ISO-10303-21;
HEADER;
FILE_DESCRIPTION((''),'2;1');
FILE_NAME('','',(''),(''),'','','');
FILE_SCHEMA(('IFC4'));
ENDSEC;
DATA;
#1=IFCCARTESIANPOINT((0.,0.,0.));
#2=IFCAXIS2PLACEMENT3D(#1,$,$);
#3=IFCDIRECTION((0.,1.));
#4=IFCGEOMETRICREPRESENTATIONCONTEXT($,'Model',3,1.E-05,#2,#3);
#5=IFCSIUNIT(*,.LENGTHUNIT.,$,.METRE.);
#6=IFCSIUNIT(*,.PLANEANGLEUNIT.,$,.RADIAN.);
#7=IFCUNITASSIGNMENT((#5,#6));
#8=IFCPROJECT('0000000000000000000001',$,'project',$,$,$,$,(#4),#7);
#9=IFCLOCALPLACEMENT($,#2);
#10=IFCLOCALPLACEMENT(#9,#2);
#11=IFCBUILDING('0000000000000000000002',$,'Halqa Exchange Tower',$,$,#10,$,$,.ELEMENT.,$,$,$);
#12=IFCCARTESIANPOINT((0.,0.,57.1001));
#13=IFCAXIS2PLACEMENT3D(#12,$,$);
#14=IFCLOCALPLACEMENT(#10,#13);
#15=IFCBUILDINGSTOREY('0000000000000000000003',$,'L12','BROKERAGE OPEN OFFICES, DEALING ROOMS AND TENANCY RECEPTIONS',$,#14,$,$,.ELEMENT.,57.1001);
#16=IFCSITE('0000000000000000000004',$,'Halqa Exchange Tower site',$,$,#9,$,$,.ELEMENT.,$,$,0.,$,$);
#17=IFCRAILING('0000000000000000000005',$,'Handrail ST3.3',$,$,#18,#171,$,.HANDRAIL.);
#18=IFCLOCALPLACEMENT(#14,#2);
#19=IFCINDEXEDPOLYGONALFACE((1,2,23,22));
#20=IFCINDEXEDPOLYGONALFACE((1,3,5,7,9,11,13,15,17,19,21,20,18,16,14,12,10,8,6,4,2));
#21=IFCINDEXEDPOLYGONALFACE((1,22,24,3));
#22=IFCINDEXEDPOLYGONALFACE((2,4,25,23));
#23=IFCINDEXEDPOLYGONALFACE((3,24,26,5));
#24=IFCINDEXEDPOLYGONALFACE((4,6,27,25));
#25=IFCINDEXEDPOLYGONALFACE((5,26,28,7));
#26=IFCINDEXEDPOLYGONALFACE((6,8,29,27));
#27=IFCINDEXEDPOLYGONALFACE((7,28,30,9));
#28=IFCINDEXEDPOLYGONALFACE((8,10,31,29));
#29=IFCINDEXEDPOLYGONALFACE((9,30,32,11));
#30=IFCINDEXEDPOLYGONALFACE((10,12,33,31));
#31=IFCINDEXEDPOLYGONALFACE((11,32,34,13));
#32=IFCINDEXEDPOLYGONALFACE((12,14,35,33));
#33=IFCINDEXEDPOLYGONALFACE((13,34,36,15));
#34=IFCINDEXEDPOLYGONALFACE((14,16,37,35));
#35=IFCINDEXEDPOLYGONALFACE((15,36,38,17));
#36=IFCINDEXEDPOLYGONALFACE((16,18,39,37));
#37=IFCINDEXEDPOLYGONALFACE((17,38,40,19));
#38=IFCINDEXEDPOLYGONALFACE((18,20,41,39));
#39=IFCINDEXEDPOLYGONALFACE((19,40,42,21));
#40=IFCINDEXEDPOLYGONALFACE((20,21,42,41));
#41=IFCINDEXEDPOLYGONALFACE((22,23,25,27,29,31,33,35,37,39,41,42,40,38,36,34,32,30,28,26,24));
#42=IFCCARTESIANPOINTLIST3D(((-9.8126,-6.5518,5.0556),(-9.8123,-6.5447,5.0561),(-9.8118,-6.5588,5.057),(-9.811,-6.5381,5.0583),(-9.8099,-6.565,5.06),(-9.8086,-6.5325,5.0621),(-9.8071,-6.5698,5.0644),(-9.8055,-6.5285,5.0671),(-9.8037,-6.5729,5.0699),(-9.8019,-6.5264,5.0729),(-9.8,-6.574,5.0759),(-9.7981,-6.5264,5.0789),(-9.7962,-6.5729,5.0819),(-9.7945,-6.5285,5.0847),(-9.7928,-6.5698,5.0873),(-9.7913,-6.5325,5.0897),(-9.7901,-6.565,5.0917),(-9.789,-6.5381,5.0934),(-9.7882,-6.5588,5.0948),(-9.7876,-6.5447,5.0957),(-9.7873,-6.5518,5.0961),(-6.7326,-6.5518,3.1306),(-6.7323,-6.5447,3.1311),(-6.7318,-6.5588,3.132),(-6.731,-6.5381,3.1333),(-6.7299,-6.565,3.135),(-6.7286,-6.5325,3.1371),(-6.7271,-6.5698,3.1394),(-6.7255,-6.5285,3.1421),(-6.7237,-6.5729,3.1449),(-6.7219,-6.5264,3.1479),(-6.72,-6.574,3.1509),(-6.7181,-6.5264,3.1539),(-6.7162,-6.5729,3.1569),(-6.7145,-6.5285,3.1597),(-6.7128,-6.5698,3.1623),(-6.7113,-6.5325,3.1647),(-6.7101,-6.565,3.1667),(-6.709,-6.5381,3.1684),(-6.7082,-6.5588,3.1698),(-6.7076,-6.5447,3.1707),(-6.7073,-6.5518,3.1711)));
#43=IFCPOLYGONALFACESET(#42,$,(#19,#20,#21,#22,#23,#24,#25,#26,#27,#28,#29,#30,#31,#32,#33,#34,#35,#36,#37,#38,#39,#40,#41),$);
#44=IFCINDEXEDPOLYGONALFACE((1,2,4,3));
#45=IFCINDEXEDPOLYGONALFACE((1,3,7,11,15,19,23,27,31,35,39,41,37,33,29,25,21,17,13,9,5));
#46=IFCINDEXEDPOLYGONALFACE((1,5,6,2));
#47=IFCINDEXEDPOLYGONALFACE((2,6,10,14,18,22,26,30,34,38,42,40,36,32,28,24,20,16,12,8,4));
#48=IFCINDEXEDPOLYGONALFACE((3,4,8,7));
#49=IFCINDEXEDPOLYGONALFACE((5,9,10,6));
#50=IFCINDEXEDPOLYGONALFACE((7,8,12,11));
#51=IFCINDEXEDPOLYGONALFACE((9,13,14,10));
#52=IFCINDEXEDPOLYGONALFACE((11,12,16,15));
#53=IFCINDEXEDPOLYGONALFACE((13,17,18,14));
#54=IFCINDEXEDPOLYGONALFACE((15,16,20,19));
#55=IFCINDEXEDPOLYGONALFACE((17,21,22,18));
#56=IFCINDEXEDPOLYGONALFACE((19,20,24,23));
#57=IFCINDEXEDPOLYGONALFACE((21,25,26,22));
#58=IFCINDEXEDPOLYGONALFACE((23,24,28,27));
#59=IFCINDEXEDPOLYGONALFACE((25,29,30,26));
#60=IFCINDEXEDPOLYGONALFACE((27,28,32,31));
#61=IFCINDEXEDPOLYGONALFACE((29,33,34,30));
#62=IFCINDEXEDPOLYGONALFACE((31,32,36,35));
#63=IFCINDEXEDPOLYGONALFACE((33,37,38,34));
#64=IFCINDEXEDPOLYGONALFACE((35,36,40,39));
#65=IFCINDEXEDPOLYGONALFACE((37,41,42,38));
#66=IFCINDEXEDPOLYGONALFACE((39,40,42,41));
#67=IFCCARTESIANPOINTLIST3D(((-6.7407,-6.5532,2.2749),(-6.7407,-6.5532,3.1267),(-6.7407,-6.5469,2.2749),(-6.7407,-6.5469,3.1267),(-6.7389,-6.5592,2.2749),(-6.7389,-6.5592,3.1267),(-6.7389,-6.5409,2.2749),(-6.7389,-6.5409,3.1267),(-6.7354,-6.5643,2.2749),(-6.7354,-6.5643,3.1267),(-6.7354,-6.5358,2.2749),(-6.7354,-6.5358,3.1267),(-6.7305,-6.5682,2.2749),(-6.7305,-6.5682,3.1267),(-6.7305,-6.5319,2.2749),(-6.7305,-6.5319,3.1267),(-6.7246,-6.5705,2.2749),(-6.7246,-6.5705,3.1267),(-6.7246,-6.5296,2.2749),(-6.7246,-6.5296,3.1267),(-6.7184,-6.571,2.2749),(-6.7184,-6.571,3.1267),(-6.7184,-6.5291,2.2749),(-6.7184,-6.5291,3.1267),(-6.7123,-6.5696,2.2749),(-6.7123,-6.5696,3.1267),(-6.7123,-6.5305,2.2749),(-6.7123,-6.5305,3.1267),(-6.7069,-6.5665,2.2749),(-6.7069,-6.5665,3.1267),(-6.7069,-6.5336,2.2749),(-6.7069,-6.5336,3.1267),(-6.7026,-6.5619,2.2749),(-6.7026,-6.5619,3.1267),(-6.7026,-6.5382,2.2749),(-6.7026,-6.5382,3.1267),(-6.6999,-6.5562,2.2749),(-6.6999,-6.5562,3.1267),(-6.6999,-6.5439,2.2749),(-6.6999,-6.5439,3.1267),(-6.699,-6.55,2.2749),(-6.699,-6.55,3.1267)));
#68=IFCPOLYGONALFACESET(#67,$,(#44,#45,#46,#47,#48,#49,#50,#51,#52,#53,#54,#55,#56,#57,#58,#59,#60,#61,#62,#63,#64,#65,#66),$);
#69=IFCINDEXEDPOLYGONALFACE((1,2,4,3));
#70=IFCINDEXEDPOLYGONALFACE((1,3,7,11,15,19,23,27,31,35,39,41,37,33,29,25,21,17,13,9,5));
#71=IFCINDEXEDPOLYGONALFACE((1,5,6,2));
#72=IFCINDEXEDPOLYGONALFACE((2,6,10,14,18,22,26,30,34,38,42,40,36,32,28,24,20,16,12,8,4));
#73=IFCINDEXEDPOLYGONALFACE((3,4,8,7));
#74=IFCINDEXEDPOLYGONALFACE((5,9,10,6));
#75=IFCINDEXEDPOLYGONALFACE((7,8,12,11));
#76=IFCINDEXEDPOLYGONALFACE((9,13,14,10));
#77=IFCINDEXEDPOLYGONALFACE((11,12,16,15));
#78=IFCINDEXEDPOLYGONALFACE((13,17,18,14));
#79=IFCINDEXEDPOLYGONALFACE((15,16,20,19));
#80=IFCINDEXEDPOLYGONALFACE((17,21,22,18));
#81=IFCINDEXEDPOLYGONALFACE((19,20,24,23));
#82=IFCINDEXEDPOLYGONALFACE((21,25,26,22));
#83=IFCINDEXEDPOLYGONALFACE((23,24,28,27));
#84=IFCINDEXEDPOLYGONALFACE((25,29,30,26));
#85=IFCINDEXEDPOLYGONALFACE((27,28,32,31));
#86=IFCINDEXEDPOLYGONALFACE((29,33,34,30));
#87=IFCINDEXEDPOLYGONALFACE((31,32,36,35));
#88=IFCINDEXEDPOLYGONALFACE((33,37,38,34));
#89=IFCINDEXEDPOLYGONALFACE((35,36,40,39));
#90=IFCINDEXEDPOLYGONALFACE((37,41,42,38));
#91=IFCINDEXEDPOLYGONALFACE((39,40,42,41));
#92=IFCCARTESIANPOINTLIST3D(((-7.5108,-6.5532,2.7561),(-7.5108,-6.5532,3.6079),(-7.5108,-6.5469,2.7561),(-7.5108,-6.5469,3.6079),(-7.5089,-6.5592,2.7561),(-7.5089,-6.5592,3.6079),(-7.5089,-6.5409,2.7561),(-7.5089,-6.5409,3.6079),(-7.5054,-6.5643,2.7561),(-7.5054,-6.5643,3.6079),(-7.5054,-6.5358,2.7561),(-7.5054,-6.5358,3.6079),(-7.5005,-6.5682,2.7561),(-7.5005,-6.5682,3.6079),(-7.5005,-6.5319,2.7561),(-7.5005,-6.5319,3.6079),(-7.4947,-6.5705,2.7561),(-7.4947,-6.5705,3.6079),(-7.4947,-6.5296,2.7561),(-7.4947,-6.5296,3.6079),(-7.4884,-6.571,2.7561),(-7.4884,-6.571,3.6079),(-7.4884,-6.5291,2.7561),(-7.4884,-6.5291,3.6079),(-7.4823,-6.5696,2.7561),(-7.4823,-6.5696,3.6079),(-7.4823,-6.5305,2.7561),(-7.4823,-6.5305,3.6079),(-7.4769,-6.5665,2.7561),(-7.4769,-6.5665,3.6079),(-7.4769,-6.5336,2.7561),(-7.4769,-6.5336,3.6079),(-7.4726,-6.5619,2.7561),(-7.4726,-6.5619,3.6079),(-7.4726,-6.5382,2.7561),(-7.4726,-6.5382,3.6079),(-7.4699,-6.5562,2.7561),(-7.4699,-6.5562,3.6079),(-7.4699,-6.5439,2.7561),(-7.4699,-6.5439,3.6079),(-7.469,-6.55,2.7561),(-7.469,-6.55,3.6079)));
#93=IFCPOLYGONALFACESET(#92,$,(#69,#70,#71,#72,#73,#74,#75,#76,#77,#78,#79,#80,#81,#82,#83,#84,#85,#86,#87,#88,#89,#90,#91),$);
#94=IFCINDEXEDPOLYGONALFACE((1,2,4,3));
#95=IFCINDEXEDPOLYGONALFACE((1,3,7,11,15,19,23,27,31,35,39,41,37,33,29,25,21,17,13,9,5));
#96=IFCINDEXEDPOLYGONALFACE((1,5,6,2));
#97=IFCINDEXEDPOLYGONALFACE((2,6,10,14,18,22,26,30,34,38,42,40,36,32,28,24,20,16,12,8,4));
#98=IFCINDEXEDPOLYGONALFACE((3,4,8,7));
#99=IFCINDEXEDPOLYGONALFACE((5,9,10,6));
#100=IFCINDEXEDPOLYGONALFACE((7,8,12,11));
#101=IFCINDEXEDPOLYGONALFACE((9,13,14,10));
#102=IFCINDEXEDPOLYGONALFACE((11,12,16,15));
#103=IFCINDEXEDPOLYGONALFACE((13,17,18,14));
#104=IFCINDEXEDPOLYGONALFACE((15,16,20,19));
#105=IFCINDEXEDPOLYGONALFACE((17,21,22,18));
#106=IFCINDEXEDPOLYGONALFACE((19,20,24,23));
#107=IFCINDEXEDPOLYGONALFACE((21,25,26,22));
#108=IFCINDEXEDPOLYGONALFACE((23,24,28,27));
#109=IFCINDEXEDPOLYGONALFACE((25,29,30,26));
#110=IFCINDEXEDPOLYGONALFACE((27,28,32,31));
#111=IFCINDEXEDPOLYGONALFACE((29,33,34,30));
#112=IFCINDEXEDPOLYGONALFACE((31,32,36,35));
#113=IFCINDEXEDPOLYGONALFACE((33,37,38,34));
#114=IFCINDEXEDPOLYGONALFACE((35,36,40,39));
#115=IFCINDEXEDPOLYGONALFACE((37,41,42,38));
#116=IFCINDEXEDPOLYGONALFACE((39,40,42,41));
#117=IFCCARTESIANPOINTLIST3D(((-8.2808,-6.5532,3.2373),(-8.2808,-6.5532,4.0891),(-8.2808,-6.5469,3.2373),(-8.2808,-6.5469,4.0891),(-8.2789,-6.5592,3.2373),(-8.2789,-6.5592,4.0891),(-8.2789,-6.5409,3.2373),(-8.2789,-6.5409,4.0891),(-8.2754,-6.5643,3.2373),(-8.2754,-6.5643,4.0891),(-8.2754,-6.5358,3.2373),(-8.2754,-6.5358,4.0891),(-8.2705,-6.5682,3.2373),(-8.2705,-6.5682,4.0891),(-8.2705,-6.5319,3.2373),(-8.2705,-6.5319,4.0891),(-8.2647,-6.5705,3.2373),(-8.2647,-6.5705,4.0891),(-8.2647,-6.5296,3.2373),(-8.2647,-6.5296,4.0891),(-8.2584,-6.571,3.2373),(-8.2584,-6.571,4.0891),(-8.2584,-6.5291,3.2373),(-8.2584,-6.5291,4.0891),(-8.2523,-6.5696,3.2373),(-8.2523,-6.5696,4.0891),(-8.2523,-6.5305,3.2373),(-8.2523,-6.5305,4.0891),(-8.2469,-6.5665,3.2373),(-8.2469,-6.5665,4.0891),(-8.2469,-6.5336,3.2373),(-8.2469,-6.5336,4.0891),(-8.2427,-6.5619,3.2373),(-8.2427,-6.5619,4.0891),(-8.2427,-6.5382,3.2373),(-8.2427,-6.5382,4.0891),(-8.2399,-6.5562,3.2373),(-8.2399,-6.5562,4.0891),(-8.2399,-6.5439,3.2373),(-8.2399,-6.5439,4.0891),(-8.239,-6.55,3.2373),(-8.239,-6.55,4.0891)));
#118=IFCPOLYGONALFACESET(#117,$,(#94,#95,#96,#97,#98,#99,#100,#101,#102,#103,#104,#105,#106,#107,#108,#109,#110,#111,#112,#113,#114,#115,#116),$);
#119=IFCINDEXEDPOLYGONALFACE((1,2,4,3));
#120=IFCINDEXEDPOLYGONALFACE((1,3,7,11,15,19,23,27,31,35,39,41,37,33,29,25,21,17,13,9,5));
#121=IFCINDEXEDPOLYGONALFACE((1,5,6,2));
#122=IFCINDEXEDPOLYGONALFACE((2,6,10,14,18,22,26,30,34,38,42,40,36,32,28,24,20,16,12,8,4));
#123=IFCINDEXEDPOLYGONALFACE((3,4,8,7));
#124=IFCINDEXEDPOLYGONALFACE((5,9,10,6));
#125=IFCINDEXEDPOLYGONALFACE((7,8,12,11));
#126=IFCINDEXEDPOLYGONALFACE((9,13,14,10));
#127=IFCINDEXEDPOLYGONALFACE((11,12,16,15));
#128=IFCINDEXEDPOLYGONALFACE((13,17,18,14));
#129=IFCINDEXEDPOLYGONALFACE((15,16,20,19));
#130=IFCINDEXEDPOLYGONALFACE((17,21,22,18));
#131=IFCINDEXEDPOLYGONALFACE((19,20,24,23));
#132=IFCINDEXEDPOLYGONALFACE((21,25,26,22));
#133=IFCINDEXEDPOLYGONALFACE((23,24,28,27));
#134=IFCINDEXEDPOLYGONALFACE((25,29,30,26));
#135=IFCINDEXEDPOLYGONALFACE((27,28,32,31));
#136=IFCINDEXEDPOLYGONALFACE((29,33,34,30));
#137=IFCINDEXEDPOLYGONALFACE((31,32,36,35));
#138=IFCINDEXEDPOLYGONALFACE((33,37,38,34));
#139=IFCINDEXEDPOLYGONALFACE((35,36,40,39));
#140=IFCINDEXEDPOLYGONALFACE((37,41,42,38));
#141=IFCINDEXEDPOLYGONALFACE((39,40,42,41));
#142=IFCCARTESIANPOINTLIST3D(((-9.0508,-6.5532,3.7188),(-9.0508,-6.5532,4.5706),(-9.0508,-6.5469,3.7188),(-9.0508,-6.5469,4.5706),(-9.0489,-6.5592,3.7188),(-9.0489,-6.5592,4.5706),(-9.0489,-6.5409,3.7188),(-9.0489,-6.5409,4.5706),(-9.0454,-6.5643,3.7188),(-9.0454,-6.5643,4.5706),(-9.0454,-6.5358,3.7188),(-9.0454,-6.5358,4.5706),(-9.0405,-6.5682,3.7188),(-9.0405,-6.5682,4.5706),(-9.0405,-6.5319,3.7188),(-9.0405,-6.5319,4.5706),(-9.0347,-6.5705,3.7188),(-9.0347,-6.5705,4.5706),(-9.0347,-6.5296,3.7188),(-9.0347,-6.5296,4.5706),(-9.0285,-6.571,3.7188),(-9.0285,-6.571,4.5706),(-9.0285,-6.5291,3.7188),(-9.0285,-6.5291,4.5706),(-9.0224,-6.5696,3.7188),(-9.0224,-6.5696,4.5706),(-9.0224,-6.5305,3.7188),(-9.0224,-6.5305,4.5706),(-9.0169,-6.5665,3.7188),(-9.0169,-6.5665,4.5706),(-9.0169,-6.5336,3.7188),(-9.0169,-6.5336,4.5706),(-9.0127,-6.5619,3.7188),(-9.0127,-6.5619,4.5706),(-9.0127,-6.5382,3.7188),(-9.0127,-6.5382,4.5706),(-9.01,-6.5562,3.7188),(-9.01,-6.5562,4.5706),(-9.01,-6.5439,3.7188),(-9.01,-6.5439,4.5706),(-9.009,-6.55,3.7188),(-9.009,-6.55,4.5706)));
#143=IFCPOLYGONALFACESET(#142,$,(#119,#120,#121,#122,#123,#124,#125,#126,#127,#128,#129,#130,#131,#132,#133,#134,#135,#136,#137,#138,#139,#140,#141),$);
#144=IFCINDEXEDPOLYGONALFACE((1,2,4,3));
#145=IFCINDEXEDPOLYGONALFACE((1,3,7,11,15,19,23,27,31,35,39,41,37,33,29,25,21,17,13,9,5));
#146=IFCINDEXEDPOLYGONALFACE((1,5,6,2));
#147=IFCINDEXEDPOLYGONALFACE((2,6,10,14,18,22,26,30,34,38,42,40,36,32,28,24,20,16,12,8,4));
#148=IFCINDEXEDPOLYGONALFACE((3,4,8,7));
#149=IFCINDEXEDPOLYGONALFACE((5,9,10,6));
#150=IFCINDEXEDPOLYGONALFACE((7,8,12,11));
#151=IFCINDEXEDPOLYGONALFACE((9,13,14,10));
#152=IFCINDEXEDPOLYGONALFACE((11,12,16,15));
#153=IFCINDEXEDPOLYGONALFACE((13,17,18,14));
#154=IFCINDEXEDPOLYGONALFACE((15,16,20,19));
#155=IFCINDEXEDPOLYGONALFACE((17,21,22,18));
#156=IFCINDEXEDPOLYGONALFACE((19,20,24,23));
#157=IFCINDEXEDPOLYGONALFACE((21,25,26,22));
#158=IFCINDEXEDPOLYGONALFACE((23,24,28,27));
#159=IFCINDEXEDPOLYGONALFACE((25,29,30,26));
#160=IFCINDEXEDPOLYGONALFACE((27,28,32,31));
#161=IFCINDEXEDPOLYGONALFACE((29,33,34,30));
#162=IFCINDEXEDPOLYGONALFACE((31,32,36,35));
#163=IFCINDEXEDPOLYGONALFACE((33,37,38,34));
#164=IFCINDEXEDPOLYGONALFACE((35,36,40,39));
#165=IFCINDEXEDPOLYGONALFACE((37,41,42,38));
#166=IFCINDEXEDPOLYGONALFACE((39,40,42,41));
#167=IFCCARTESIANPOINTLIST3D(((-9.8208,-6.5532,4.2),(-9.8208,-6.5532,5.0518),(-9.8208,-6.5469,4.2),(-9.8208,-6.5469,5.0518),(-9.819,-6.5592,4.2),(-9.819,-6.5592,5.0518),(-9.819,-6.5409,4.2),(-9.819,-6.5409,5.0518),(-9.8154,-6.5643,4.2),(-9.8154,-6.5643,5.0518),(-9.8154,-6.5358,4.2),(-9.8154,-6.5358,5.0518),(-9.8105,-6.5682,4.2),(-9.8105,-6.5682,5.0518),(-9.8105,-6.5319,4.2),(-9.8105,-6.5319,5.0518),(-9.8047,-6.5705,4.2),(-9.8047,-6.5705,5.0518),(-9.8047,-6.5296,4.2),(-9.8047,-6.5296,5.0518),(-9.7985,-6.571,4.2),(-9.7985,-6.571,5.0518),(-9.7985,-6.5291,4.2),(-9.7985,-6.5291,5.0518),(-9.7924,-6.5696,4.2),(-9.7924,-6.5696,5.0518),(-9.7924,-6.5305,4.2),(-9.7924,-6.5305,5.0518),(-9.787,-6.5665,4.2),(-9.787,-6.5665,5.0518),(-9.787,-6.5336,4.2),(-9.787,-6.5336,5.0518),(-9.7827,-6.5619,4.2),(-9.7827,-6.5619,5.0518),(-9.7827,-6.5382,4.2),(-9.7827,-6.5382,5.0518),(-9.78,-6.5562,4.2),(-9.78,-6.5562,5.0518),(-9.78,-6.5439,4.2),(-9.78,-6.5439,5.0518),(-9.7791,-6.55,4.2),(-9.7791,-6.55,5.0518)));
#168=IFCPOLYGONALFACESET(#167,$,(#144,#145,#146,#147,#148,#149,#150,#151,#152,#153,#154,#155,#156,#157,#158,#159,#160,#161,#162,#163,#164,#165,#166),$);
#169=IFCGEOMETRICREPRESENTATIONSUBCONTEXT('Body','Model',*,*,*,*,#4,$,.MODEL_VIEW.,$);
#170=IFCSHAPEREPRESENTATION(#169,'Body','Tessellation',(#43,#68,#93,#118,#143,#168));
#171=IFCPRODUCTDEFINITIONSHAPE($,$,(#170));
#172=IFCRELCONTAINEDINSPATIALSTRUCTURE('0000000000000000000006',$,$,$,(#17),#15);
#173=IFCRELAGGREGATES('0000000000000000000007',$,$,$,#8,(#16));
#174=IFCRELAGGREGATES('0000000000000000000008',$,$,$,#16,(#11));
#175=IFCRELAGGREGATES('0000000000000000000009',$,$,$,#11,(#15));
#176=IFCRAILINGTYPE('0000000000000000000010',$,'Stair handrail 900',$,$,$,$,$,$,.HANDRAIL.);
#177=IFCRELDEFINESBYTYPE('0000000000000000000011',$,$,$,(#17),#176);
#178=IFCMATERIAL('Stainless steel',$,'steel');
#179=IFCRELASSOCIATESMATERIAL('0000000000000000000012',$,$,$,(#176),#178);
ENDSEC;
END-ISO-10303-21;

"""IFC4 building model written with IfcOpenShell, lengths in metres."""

from ifc_helpers import new_model, si_unit, direction, frame, origin, origin_2d, place, context, subcontext, project, spatial, circle, extrude, material, type_object, element, save


model = new_model("IFC4")

# Units and contexts
model_context = context("Model", 3, precision=1e-05, world=origin(), true_north=direction((0.0, 1.0)))
body_context = subcontext(model_context, "Body", "Model", "MODEL_VIEW")
ifc_project = project(units=[si_unit("LENGTHUNIT", "METRE"), si_unit("PLANEANGLEUNIT", "RADIAN")], contexts=[model_context])

# Site, building, storey
site_placement = place(None, origin())
site = spatial("IfcSite", under=ifc_project, at=site_placement, Name="Halqa Exchange Tower site", CompositionType="ELEMENT", RefElevation=0.0)
building_placement = place(site_placement, origin())
building = spatial("IfcBuilding", under=site, at=building_placement, Name="Halqa Exchange Tower", CompositionType="ELEMENT")
storey_placement = place(building_placement, frame((0.0, 0.0, 57.1001)))
storey = spatial("IfcBuildingStorey", under=building, at=storey_placement, Name="L12", Description="BROKERAGE OPEN OFFICES, DEALING ROOMS AND TENANCY RECEPTIONS", CompositionType="ELEMENT", Elevation=57.1001)

# Shared definitions
ifc_material_1 = material(Name="Stainless steel", Category="steel")

# Railing
railing_type_1 = type_object("IfcRailingType", Name="Stair handrail 900", PredefinedType="HANDRAIL", material=ifc_material_1)
railing_1_placement = place(storey_placement, frame((-6.72, -6.55, 2.2749)))
element("IfcRailing", 1, at=railing_1_placement, inside=storey, type_object=railing_type_1, Name="Handrail ST3.3", PredefinedType="HANDRAIL", context=body_context, shape_type="SweptSolid", body=[
    extrude(circle(Radius=0.0239, at=origin_2d()), frame((0.0, 0.0, 0.876), z_axis=(-0.847998, 0.0, 0.529999), x_axis=(0.0, -1.0, 0.0)), (0.0, 0.0, 1.0), 3.6321),
    extrude(circle(Radius=0.021, at=origin_2d()), origin(), (0.0, 0.0, 1.0), 0.8518),
    extrude(circle(Radius=0.021, at=origin_2d()), frame((-0.77, 0.0, 0.4812)), (0.0, 0.0, 1.0), 0.8518),
    extrude(circle(Radius=0.021, at=origin_2d()), frame((-1.54, 0.0, 0.9624)), (0.0, 0.0, 1.0), 0.8518),
    extrude(circle(Radius=0.021, at=origin_2d()), frame((-2.3101, 0.0, 1.4438)), (0.0, 0.0, 1.0), 0.8518),
    extrude(circle(Radius=0.021, at=origin_2d()), frame((-3.0801, 0.0, 1.925)), (0.0, 0.0, 1.0), 0.8518),
])

save(model, "model.ifc")
